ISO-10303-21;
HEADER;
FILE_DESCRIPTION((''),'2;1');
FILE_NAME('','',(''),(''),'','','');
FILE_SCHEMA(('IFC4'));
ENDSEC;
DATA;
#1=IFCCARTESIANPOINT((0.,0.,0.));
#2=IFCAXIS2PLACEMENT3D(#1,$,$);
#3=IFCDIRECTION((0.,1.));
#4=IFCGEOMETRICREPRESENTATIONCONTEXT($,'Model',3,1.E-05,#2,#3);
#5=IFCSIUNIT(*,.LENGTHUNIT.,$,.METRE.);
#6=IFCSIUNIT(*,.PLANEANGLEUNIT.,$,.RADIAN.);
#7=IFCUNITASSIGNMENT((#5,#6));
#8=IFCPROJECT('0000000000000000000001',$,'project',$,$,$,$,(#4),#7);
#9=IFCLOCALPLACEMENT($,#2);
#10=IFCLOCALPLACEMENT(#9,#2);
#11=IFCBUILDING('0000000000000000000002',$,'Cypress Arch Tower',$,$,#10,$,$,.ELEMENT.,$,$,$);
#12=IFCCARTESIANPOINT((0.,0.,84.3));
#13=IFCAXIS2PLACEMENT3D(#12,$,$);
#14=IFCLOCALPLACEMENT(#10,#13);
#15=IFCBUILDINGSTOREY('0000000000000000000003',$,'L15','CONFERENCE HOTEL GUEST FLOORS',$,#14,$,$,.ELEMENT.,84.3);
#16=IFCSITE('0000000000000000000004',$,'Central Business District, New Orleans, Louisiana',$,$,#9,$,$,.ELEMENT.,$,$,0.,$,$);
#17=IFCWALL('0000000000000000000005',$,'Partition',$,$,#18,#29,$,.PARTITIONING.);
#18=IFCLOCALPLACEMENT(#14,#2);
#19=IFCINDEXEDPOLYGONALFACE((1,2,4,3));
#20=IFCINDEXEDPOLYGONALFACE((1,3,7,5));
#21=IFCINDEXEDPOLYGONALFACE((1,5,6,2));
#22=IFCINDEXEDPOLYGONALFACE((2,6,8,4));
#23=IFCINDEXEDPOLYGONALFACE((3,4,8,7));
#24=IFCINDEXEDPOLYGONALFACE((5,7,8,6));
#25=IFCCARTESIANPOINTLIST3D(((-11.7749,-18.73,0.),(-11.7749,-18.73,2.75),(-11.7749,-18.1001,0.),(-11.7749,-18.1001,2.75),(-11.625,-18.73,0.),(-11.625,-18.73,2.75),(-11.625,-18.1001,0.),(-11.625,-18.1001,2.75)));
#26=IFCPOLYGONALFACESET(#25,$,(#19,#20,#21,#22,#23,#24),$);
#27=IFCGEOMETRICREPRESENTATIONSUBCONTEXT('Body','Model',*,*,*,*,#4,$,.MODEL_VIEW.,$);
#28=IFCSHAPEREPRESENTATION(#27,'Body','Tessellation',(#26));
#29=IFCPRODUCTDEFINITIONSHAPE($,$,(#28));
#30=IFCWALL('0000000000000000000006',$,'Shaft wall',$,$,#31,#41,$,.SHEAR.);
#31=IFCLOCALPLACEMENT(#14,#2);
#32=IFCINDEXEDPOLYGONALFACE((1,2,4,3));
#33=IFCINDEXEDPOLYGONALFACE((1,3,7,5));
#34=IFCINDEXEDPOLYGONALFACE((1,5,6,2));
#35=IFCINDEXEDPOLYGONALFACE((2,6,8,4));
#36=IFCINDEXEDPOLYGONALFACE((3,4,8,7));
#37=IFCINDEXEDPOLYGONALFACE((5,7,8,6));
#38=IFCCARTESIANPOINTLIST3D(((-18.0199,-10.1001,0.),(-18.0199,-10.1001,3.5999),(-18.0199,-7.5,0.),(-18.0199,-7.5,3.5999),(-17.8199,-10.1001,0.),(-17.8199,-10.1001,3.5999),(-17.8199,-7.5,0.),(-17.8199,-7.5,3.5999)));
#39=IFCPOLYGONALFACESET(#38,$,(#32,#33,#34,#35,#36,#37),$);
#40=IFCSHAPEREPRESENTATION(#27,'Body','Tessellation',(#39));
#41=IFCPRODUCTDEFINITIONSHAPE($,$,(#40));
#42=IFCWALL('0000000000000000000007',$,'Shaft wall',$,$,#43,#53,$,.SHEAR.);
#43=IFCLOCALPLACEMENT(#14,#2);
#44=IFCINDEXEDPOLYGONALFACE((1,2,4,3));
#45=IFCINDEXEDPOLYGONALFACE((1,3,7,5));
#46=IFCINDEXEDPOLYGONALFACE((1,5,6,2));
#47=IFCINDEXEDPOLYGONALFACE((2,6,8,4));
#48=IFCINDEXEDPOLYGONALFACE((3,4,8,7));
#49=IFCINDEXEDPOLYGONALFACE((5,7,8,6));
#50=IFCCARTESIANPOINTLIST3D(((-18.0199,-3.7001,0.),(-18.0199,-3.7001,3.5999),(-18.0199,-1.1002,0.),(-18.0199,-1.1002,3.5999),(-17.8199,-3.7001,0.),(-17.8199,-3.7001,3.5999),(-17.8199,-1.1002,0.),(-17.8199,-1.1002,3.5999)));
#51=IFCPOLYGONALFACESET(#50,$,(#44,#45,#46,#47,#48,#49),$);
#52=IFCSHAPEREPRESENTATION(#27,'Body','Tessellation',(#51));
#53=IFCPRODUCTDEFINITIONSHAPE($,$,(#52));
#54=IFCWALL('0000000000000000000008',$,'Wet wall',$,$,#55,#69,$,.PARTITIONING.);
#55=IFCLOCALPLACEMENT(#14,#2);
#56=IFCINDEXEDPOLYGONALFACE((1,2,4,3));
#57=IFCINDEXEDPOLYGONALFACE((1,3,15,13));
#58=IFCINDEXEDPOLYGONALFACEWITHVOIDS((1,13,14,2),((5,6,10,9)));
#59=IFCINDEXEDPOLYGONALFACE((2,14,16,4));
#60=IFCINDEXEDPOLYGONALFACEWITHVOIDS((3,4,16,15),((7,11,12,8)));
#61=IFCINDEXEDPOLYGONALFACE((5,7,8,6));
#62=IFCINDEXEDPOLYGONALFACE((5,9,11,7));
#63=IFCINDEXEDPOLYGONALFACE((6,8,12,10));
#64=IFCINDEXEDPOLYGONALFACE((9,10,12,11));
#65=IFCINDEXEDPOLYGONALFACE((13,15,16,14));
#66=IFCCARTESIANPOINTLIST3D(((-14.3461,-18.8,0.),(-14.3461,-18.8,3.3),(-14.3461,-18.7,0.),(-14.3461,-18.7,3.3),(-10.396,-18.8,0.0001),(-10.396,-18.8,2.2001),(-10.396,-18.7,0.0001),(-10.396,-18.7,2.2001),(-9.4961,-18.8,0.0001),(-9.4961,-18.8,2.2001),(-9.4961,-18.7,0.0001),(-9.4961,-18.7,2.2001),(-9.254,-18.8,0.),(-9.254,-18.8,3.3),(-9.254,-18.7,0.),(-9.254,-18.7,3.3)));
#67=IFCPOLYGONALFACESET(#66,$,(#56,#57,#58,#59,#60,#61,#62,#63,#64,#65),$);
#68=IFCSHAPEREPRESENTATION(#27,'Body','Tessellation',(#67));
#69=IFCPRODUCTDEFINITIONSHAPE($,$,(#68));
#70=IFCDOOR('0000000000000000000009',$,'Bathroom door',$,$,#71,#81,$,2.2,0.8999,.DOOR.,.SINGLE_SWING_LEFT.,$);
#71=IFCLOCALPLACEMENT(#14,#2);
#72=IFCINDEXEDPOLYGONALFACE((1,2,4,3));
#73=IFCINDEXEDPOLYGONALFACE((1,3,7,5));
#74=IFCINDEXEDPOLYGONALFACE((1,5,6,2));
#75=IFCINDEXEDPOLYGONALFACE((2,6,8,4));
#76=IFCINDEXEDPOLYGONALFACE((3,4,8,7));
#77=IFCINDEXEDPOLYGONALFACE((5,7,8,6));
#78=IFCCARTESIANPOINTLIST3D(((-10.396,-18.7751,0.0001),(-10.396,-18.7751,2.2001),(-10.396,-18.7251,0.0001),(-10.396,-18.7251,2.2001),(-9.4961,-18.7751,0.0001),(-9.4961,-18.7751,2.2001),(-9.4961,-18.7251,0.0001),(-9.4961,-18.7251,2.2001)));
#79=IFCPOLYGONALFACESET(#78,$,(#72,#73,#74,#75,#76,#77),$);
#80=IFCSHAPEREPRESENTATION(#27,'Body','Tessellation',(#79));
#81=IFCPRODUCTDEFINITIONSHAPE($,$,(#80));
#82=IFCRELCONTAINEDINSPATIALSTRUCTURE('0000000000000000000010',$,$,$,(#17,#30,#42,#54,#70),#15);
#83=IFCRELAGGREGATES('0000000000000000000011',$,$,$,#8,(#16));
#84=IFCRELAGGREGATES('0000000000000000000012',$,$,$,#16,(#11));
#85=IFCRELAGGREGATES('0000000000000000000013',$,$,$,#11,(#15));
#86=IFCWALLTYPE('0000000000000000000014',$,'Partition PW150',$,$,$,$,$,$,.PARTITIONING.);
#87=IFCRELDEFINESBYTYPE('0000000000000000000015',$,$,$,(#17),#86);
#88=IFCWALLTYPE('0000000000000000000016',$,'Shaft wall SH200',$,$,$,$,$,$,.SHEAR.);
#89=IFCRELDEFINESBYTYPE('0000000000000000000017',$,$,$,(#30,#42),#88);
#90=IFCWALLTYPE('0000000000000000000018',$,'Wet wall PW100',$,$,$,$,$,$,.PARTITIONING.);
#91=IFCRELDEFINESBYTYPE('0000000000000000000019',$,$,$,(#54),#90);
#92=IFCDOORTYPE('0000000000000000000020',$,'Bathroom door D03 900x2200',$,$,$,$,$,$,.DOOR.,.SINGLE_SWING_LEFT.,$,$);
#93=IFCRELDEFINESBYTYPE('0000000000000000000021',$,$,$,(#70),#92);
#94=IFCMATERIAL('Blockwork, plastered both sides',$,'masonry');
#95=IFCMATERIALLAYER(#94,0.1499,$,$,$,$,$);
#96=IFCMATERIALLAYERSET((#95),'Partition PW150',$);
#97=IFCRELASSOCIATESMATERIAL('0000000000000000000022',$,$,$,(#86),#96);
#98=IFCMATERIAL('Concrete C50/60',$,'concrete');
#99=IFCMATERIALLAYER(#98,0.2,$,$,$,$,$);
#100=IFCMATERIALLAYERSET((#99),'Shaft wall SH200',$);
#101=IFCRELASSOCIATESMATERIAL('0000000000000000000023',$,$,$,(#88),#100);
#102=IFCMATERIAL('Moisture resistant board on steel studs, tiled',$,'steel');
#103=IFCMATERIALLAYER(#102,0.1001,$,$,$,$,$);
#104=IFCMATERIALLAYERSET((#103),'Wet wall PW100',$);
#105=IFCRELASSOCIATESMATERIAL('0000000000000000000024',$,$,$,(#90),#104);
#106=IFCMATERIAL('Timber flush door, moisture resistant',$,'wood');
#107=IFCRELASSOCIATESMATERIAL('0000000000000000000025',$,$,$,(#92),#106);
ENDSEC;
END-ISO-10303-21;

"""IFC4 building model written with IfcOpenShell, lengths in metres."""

from ifc_helpers import new_model, si_unit, direction, frame, frame_2d, origin, place, context, subcontext, project, spatial, rectangle, extrude, material, layer, layer_set, type_object, element, fill, save


model = new_model("IFC4")

# Units and contexts
model_context = context("Model", 3, precision=1e-05, world=origin(), true_north=direction((0.0, 1.0)))
body_context = subcontext(model_context, "Body", "Model", "MODEL_VIEW")
ifc_project = project(units=[si_unit("LENGTHUNIT", "METRE"), si_unit("PLANEANGLEUNIT", "RADIAN")], contexts=[model_context])

# Site, building, storey
site_placement = place(None, origin())
site = spatial("IfcSite", under=ifc_project, at=site_placement, Name="Central Business District, New Orleans, Louisiana", CompositionType="ELEMENT", RefElevation=0.0)
building_placement = place(site_placement, origin())
building = spatial("IfcBuilding", under=site, at=building_placement, Name="Cypress Arch Tower", CompositionType="ELEMENT")
storey_placement = place(building_placement, frame((0.0, 0.0, 84.3)))
storey = spatial("IfcBuildingStorey", under=building, at=storey_placement, Name="L15", Description="CONFERENCE HOTEL GUEST FLOORS", CompositionType="ELEMENT", Elevation=84.3)

# Walls
ifc_material_1 = material(Name="Blockwork, plastered both sides", Category="masonry")
ifc_layer_1 = layer(ifc_material_1, 0.1499)
ifc_layer_set_1 = layer_set([ifc_layer_1], Name="Partition PW150")
wall_type_1 = type_object("IfcWallType", Name="Partition PW150", PredefinedType="PARTITIONING", material=ifc_layer_set_1)
wall_1_placement = place(storey_placement, frame((-11.7, -18.73, 0.0), z_axis=(0.0, 0.0, 1.0), x_axis=(0.0, 1.0, 0.0)))
element("IfcWall", 1, at=wall_1_placement, inside=storey, type_object=wall_type_1, Name="Partition", PredefinedType="PARTITIONING", context=body_context, shape_type="SweptSolid", body=[
    extrude(rectangle(XDim=0.6299, YDim=0.1499, at=frame_2d((0.3149, 0.0))), origin(), (0.0, 0.0, 1.0), 2.75),
])
ifc_material_2 = material(Name="Concrete C50/60", Category="concrete")
ifc_layer_2 = layer(ifc_material_2, 0.2)
ifc_layer_set_2 = layer_set([ifc_layer_2], Name="Shaft wall SH200")
wall_type_2 = type_object("IfcWallType", Name="Shaft wall SH200", PredefinedType="SHEAR", material=ifc_layer_set_2)
wall_2_placement = place(storey_placement, frame((-17.9199, -10.1001, 0.0), z_axis=(0.0, 0.0, 1.0), x_axis=(0.0, 1.0, 0.0)))
element("IfcWall", 2, at=wall_2_placement, inside=storey, type_object=wall_type_2, Name="Shaft wall", PredefinedType="SHEAR", context=body_context, shape_type="SweptSolid", body=[
    extrude(rectangle(XDim=2.6001, YDim=0.2, at=frame_2d((1.3, 0.0))), origin(), (0.0, 0.0, 1.0), 3.5999),
])
wall_3_placement = place(storey_placement, frame((-17.9199, -3.7, 0.0), z_axis=(0.0, 0.0, 1.0), x_axis=(0.0, 1.0, 0.0)))
element("IfcWall", 3, at=wall_3_placement, inside=storey, type_object=wall_type_2, Name="Shaft wall", PredefinedType="SHEAR", context=body_context, shape_type="SweptSolid", body=[
    extrude(rectangle(XDim=2.5999, YDim=0.2, at=frame_2d((1.2998, 0.0))), origin(), (0.0, 0.0, 1.0), 3.5999),
])

# Wall, opening, door
ifc_material_3 = material(Name="Moisture resistant board on steel studs, tiled", Category="steel")
ifc_layer_3 = layer(ifc_material_3, 0.1001)
ifc_layer_set_3 = layer_set([ifc_layer_3], Name="Wet wall PW100")
wall_type_3 = type_object("IfcWallType", Name="Wet wall PW100", PredefinedType="PARTITIONING", material=ifc_layer_set_3)
wall_4_placement = place(storey_placement, frame((-14.3459, -18.75, 0.0), z_axis=(0.0, 0.0, 1.0), x_axis=(1.0, 0.0, 0.0)))
wall_4 = element("IfcWall", 4, at=wall_4_placement, inside=storey, type_object=wall_type_3, Name="Wet wall", PredefinedType="PARTITIONING", context=body_context, shape_type="SweptSolid", body=[
    extrude(rectangle(XDim=5.092, YDim=0.1001, at=frame_2d((2.5459, 0.0))), origin(), (0.0, 0.0, 1.0), 3.3),
])
opening_1_placement = place(wall_4_placement, frame((3.95, 0.0, 0.0)))
opening_1 = element("IfcOpeningElement", 5, at=opening_1_placement, cuts=wall_4, PredefinedType="OPENING", context=body_context, shape_type="SweptSolid", body=[
    extrude(rectangle(XDim=0.8999, YDim=2.2, at=frame_2d((0.45, 1.1001))), frame((0.0, 0.0601, 0.0), z_axis=(0.0, -1.0, 0.0), x_axis=(1.0, 0.0, 0.0)), (0.0, 0.0, 1.0), 0.1201),
])
ifc_material_4 = material(Name="Timber flush door, moisture resistant", Category="wood")
door_type_1 = type_object("IfcDoorType", Name="Bathroom door D03 900x2200", OperationType="SINGLE_SWING_LEFT", PredefinedType="DOOR", material=ifc_material_4)
door_1_placement = place(opening_1_placement, origin())
door_1 = element("IfcDoor", 6, at=door_1_placement, inside=storey, type_object=door_type_1, Name="Bathroom door", OperationType="SINGLE_SWING_LEFT", OverallHeight=2.2, OverallWidth=0.8999, PredefinedType="DOOR", context=body_context, shape_type="SweptSolid", body=[
    extrude(rectangle(XDim=0.8999, YDim=2.2, at=frame_2d((0.45, 1.1001))), frame((0.0, 0.0249, 0.0), z_axis=(0.0, -1.0, 0.0), x_axis=(1.0, 0.0, 0.0)), (0.0, 0.0, 1.0), 0.05),
])
fill(opening_1, door_1)

save(model, "model.ifc")
